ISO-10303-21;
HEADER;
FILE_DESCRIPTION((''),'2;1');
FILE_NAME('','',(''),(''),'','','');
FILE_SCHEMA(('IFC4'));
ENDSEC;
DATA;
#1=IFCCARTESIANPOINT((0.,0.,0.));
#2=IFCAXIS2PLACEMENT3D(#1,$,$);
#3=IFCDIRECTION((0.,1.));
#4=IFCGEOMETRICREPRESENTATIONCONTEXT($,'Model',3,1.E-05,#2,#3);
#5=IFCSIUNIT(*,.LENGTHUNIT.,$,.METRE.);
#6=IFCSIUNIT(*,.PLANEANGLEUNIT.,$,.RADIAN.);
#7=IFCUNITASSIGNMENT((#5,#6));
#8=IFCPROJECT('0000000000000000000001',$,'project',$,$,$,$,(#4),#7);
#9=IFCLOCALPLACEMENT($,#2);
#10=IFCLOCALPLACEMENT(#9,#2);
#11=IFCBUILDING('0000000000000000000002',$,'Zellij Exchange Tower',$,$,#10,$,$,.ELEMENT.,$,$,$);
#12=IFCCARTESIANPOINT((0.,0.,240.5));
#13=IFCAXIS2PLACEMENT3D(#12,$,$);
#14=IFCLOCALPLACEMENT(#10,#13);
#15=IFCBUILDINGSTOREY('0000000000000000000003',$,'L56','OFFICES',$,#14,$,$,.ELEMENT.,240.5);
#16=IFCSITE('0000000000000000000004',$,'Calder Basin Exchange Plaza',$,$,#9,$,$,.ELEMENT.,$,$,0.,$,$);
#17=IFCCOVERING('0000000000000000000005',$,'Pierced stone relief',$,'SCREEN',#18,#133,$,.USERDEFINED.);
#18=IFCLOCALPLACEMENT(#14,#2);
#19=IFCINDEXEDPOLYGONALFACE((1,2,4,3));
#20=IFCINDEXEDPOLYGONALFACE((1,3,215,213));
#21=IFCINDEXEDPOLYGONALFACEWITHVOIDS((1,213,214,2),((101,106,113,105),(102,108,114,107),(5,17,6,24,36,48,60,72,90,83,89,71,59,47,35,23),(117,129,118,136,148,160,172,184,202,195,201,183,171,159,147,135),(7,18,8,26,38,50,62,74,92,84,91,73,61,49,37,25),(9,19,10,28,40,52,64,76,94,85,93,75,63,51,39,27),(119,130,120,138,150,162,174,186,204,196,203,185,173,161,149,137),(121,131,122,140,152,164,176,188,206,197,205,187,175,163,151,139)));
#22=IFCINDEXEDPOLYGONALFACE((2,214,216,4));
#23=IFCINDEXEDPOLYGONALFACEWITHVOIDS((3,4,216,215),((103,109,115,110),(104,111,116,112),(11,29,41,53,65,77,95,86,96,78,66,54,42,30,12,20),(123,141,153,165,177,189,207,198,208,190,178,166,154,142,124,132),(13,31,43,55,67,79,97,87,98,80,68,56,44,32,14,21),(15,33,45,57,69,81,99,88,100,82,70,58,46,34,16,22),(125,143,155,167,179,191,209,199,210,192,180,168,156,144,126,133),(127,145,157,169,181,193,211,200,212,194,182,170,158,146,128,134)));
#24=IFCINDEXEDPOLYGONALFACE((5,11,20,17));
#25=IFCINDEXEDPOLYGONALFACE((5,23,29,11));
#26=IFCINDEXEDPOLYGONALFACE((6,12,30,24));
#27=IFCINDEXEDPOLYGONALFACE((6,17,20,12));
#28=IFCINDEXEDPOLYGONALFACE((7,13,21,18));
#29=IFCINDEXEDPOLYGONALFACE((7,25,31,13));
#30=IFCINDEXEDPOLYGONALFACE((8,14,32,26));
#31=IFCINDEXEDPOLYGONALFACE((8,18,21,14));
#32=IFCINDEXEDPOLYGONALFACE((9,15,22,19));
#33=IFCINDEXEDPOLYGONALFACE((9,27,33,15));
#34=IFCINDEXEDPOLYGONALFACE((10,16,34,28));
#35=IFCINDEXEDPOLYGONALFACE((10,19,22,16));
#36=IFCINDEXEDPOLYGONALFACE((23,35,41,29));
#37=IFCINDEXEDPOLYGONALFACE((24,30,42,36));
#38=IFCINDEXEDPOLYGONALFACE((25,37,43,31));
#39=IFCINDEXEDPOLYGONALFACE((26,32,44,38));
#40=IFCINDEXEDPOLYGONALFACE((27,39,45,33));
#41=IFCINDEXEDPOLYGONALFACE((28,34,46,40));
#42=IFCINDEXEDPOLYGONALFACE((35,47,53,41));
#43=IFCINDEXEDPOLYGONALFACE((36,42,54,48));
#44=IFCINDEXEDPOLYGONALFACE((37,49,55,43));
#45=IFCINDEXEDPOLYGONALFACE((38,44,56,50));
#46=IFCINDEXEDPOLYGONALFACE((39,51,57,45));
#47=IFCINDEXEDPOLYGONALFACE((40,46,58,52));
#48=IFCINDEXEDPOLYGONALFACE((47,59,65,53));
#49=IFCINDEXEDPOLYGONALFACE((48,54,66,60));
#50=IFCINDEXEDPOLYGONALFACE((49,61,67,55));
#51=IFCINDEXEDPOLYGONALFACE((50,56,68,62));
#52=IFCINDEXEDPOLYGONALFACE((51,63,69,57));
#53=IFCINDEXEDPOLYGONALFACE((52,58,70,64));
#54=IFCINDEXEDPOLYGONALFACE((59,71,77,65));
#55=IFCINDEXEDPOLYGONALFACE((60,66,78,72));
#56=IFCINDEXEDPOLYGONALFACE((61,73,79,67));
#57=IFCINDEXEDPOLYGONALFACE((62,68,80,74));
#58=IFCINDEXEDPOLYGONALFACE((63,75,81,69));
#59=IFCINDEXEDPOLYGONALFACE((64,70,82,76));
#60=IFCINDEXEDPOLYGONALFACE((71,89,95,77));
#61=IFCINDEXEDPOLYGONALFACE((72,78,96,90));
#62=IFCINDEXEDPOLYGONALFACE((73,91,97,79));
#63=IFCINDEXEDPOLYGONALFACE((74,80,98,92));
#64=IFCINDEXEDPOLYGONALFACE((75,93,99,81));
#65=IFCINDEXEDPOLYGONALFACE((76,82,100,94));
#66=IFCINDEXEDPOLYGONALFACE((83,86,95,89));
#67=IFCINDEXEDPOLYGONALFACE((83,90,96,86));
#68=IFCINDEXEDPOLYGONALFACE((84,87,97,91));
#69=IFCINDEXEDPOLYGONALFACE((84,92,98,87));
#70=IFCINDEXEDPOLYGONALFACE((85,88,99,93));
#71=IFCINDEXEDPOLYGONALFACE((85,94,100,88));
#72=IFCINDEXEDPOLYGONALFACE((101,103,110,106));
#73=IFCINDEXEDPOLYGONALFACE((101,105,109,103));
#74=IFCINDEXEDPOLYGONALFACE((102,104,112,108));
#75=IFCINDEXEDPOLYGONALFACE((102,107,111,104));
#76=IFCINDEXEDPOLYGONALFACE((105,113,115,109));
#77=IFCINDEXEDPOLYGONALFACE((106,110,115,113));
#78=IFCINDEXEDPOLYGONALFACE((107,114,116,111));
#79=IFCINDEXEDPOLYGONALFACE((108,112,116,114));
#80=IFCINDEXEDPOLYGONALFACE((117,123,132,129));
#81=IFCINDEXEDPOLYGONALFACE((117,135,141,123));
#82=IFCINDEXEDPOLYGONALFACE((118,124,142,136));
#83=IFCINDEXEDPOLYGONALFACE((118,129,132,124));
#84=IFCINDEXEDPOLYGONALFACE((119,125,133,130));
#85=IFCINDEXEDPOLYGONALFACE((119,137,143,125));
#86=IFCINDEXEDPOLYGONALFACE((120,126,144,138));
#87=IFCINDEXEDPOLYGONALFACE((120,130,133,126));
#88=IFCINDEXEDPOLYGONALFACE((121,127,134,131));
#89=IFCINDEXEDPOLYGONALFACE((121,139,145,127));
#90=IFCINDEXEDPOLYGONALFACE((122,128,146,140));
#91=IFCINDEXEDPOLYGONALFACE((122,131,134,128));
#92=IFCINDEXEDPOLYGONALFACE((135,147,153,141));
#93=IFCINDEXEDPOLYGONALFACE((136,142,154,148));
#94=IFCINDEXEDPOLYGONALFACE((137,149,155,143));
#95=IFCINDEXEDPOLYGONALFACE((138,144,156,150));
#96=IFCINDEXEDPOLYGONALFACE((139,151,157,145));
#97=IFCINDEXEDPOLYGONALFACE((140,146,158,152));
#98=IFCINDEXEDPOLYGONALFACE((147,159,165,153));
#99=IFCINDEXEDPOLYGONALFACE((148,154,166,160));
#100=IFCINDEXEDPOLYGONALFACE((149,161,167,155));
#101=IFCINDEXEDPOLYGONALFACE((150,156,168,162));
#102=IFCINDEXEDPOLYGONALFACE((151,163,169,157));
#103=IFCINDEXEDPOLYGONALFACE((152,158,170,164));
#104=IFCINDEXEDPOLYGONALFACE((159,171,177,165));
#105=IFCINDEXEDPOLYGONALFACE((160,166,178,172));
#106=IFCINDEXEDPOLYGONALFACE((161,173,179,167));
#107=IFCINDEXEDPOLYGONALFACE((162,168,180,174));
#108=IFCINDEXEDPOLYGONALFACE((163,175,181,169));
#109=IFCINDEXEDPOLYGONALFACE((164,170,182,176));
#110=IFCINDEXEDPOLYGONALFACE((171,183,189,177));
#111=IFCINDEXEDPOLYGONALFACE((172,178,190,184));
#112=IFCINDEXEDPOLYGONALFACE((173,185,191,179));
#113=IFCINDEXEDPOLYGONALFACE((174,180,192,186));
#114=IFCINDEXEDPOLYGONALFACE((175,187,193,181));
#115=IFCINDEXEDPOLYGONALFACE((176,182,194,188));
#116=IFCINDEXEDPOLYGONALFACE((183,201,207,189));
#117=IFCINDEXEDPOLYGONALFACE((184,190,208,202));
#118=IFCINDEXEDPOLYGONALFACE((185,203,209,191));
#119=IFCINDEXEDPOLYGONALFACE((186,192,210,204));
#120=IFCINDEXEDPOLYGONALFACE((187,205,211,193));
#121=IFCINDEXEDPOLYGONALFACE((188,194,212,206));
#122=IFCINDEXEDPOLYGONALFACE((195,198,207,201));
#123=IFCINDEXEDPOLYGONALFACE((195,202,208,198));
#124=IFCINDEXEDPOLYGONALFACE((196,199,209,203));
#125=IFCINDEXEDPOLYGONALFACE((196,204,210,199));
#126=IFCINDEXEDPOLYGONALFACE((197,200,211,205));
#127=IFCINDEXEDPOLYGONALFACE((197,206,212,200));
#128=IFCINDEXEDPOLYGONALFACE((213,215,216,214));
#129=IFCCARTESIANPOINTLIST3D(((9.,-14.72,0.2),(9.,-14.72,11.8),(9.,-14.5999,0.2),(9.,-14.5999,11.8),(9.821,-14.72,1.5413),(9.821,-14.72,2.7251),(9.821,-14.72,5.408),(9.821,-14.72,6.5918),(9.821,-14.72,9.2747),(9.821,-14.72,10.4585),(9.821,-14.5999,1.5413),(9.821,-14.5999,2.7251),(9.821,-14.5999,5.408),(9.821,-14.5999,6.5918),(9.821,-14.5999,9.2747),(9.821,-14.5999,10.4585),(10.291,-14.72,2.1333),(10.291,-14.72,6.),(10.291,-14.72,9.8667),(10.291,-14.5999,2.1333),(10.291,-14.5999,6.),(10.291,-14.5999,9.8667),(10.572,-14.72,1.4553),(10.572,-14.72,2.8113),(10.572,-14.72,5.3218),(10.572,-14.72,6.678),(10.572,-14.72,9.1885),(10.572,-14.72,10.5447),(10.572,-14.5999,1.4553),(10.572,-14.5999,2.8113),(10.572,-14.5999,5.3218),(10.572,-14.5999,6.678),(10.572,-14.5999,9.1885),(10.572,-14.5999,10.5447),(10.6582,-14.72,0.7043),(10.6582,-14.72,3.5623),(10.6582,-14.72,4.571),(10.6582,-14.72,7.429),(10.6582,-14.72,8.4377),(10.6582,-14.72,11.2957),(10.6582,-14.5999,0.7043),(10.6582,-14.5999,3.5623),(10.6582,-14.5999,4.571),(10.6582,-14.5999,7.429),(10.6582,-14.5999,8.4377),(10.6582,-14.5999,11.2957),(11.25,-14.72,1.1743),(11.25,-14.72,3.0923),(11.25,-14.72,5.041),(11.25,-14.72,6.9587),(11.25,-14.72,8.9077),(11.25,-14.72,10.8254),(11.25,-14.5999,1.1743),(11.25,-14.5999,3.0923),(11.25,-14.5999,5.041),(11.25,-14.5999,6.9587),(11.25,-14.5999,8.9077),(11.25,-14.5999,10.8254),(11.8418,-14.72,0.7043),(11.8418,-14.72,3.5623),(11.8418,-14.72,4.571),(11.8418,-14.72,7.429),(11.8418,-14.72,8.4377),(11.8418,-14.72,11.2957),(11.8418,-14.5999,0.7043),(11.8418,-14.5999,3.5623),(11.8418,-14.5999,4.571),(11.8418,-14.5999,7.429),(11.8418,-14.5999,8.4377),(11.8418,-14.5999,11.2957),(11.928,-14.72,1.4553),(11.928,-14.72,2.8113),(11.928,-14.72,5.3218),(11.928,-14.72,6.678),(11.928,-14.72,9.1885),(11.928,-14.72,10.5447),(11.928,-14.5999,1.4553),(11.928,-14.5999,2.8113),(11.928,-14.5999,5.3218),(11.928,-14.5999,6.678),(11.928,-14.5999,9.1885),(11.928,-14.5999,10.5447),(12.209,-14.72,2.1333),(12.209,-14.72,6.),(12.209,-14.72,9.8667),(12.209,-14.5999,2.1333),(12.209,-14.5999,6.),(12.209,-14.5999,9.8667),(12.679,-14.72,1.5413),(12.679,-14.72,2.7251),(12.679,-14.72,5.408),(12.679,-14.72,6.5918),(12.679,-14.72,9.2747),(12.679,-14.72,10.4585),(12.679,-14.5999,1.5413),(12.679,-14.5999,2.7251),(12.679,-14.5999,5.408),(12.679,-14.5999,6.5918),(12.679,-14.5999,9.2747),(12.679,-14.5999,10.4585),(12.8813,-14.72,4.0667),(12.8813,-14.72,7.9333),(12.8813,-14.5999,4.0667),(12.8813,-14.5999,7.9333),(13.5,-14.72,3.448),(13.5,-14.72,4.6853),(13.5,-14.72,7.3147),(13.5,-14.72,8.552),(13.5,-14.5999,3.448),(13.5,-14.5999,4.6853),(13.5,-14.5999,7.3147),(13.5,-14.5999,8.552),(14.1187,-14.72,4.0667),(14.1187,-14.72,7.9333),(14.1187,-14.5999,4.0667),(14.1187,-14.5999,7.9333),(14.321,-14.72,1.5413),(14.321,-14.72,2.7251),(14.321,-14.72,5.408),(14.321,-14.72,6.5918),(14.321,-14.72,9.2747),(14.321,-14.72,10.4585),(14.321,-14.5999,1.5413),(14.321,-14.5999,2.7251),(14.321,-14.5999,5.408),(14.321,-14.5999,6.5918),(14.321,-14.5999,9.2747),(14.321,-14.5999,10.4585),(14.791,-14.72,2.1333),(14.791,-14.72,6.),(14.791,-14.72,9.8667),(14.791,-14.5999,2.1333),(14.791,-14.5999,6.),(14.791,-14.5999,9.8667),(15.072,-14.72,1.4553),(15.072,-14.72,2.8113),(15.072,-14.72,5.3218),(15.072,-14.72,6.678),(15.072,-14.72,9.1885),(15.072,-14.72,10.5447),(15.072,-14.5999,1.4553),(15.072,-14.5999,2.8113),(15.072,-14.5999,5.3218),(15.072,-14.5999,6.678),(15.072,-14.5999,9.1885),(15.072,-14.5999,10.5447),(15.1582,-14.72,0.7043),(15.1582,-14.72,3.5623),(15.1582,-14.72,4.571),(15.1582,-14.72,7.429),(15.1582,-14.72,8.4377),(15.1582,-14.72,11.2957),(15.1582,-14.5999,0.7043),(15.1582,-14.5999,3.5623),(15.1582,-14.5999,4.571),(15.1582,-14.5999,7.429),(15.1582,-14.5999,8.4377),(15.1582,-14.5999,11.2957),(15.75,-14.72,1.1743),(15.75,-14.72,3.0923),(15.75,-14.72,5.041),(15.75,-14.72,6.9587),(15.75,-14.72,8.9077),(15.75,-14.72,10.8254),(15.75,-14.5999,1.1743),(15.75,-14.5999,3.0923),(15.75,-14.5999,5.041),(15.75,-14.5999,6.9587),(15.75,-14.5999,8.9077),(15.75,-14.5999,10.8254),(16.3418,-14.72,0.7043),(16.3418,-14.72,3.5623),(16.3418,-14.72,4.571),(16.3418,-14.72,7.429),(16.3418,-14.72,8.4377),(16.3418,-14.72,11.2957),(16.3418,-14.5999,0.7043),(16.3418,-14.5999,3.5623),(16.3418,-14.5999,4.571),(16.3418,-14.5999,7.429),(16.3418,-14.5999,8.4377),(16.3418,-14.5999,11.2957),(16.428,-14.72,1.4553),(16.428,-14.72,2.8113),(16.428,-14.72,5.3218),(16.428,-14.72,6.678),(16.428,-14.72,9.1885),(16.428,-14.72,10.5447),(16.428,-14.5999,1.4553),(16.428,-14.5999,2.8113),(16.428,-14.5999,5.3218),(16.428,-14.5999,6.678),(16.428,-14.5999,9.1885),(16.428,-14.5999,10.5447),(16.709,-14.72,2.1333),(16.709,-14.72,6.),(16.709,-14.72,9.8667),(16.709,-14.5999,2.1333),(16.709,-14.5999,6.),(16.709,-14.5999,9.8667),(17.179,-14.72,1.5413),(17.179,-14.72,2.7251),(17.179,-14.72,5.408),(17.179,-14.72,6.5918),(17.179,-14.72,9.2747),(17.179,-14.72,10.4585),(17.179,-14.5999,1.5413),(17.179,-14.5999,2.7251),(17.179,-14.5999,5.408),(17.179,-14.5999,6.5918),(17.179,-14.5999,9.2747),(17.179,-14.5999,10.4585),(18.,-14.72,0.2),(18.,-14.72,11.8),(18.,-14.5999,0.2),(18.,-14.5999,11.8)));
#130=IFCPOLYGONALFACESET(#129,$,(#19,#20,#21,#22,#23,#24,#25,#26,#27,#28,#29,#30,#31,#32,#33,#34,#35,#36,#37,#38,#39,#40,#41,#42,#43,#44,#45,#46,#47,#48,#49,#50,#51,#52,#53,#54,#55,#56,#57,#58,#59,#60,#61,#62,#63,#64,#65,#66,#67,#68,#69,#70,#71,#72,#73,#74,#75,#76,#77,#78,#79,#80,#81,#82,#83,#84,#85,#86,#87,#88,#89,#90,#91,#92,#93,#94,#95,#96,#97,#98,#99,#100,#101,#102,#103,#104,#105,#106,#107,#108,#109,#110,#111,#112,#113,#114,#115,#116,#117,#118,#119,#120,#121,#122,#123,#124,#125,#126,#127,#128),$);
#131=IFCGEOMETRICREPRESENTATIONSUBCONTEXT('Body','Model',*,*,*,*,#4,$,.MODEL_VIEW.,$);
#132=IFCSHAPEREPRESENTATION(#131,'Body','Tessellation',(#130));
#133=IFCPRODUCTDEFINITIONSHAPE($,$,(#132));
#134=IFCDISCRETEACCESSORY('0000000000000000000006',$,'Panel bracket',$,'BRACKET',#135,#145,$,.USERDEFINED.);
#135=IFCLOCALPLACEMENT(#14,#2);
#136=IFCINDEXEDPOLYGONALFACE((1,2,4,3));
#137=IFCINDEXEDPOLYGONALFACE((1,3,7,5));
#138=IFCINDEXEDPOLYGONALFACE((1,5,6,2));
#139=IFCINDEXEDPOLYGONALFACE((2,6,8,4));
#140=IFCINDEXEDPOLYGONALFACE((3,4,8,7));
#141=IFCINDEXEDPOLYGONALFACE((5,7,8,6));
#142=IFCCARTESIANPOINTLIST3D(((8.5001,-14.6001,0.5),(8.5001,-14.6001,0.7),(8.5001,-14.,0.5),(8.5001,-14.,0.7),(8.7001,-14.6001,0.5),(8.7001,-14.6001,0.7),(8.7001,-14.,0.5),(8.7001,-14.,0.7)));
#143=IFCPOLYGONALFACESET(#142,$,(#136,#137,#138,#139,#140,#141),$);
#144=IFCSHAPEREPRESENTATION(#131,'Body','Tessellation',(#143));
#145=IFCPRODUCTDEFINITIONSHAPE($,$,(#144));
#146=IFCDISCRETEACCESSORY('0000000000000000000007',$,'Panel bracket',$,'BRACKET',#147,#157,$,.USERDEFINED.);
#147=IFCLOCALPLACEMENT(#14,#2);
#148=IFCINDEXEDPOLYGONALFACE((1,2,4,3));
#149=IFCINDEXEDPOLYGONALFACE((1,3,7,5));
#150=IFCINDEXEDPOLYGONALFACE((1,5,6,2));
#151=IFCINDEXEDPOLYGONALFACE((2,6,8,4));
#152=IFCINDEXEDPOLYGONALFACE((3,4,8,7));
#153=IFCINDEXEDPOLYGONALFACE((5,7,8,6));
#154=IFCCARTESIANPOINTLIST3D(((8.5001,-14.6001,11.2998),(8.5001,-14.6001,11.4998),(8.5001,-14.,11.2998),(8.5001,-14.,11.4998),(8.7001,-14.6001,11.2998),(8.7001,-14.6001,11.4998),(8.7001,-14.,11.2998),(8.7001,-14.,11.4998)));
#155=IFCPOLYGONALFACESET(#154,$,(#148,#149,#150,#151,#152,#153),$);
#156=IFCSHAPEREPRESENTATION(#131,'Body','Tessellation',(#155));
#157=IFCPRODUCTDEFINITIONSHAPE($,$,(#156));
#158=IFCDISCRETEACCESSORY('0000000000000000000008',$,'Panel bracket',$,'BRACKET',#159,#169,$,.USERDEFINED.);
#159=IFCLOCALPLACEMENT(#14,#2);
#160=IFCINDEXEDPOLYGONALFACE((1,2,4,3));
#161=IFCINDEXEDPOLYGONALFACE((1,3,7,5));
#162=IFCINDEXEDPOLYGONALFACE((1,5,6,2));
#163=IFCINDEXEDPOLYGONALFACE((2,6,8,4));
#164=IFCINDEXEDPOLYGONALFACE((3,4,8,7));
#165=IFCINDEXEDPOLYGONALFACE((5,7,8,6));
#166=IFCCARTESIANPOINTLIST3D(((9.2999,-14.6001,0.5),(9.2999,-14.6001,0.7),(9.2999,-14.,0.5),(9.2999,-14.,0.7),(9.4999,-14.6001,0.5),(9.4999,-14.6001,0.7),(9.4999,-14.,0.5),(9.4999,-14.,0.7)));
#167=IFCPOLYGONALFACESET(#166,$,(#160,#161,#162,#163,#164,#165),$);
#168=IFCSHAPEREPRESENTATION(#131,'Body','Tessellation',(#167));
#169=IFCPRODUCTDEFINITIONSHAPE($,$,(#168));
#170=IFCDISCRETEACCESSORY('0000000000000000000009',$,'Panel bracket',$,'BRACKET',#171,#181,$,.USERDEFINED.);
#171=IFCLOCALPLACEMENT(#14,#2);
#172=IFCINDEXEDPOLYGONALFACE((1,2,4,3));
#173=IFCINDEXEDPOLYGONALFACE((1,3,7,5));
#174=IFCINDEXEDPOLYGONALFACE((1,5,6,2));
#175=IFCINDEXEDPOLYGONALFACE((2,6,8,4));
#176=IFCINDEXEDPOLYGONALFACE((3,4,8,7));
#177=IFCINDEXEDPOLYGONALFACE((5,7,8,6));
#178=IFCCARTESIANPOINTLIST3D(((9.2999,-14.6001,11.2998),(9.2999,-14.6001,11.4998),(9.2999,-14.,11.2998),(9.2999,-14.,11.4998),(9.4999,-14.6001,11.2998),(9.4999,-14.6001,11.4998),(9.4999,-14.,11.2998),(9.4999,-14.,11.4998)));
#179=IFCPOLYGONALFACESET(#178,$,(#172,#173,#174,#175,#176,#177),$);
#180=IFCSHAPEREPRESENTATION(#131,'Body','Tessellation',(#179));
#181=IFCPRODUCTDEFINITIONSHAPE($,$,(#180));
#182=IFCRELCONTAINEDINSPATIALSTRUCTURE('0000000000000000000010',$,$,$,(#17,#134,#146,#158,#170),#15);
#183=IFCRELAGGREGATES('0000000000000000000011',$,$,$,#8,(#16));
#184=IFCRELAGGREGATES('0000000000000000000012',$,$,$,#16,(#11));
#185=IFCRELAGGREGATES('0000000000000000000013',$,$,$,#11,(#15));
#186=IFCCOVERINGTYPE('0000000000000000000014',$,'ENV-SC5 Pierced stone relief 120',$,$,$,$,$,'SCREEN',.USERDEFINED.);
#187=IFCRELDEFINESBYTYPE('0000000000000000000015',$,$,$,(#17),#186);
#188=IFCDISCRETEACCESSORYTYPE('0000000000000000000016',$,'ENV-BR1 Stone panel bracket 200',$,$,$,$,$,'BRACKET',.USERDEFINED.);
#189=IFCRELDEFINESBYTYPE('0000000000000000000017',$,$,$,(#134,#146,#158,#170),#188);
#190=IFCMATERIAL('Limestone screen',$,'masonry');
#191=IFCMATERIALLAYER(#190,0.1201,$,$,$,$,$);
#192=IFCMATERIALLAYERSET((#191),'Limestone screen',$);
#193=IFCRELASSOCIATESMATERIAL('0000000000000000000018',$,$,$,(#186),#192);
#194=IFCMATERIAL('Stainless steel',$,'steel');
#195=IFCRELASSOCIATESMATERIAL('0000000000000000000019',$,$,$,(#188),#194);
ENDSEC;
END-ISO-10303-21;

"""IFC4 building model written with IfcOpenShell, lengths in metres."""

from ifc_helpers import new_model, si_unit, direction, frame, origin, origin_2d, place, context, subcontext, project, spatial, polyline, rectangle, outline, extrude, material, layer, layer_set, type_object, element, save


model = new_model("IFC4")

# Units and contexts
model_context = context("Model", 3, precision=1e-05, world=origin(), true_north=direction((0.0, 1.0)))
body_context = subcontext(model_context, "Body", "Model", "MODEL_VIEW")
ifc_project = project(units=[si_unit("LENGTHUNIT", "METRE"), si_unit("PLANEANGLEUNIT", "RADIAN")], contexts=[model_context])

# Site, building, storey
site_placement = place(None, origin())
site = spatial("IfcSite", under=ifc_project, at=site_placement, Name="Calder Basin Exchange Plaza", CompositionType="ELEMENT", RefElevation=0.0)
building_placement = place(site_placement, origin())
building = spatial("IfcBuilding", under=site, at=building_placement, Name="Zellij Exchange Tower", CompositionType="ELEMENT")
storey_placement = place(building_placement, frame((0.0, 0.0, 240.5)))
storey = spatial("IfcBuildingStorey", under=building, at=storey_placement, Name="L56", Description="OFFICES", CompositionType="ELEMENT", Elevation=240.5)

# Shared definitions
ifc_material_1 = material(Name="Stainless steel", Category="steel")

# Covering
ifc_material_2 = material(Name="Limestone screen", Category="masonry")
ifc_layer_1 = layer(ifc_material_2, 0.1201)
ifc_layer_set_1 = layer_set([ifc_layer_1], Name="Limestone screen")
covering_type = type_object("IfcCoveringType", Name="ENV-SC5 Pierced stone relief 120", ElementType="SCREEN", PredefinedType="USERDEFINED", material=ifc_layer_set_1)
covering_placement = place(storey_placement, frame((9.0, -14.6599, 0.2), z_axis=(0.0, 0.0, 1.0), x_axis=(1.0, 0.0, 0.0)))
element("IfcCovering", 1, at=covering_placement, inside=storey, type_object=covering_type, Name="Pierced stone relief", ObjectType="SCREEN", PredefinedType="USERDEFINED", context=body_context, shape_type="SweptSolid", body=[
    extrude(outline(polyline([(0.0, 0.0), (9.0, 0.0), (9.0, 11.6001), (0.0, 11.6001), (0.0, 0.0)]), holes=[polyline([(3.679, 2.5251), (2.928, 2.6113), (2.8418, 3.3623), (2.25, 2.8923), (1.6582, 3.3623), (1.572, 2.6113), (0.821, 2.5251), (1.291, 1.9333), (0.821, 1.3413), (1.572, 1.2554), (1.6582, 0.5044), (2.25, 0.9744), (2.8418, 0.5044), (2.928, 1.2554), (3.679, 1.3413), (3.209, 1.9333), (3.679, 2.5251)]), polyline([(3.679, 6.3918), (2.928, 6.478), (2.8418, 7.229), (2.25, 6.7588), (1.6582, 7.229), (1.572, 6.478), (0.821, 6.3918), (1.291, 5.8), (0.821, 5.208), (1.572, 5.1218), (1.6582, 4.3711), (2.25, 4.8411), (2.8418, 4.3711), (2.928, 5.1218), (3.679, 5.208), (3.209, 5.8), (3.679, 6.3918)]), polyline([(3.679, 10.2585), (2.928, 10.3447), (2.8418, 11.0957), (2.25, 10.6255), (1.6582, 11.0957), (1.572, 10.3447), (0.821, 10.2585), (1.291, 9.6667), (0.821, 9.0747), (1.572, 8.9885), (1.6582, 8.2378), (2.25, 8.7078), (2.8418, 8.2378), (2.928, 8.9885), (3.679, 9.0747), (3.209, 9.6667), (3.679, 10.2585)]), polyline([(8.179, 2.5251), (7.428, 2.6113), (7.3418, 3.3623), (6.75, 2.8923), (6.1582, 3.3623), (6.072, 2.6113), (5.321, 2.5251), (5.791, 1.9333), (5.321, 1.3413), (6.072, 1.2554), (6.1582, 0.5044), (6.75, 0.9744), (7.3418, 0.5044), (7.428, 1.2554), (8.179, 1.3413), (7.709, 1.9333), (8.179, 2.5251)]), polyline([(8.179, 6.3918), (7.428, 6.478), (7.3418, 7.229), (6.75, 6.7588), (6.1582, 7.229), (6.072, 6.478), (5.321, 6.3918), (5.791, 5.8), (5.321, 5.208), (6.072, 5.1218), (6.1582, 4.3711), (6.75, 4.8411), (7.3418, 4.3711), (7.428, 5.1218), (8.179, 5.208), (7.709, 5.8), (8.179, 6.3918)]), polyline([(8.179, 10.2585), (7.428, 10.3447), (7.3418, 11.0957), (6.75, 10.6255), (6.1582, 11.0957), (6.072, 10.3447), (5.321, 10.2585), (5.791, 9.6667), (5.321, 9.0747), (6.072, 8.9885), (6.1582, 8.2378), (6.75, 8.7078), (7.3418, 8.2378), (7.428, 8.9885), (8.179, 9.0747), (7.709, 9.6667), (8.179, 10.2585)]), polyline([(5.1187, 3.8667), (4.5, 4.4854), (3.8813, 3.8667), (4.5, 3.248), (5.1187, 3.8667)]), polyline([(5.1187, 7.7334), (4.5, 8.3521), (3.8813, 7.7334), (4.5, 7.1147), (5.1187, 7.7334)])]), frame((0.0, 0.0601, 0.0), z_axis=(0.0, -1.0, 0.0), x_axis=(1.0, 0.0, 0.0)), (0.0, 0.0, 1.0), 0.1201),
])

# Discrete accessories
discrete_accessory_type = type_object("IfcDiscreteAccessoryType", Name="ENV-BR1 Stone panel bracket 200", ElementType="BRACKET", PredefinedType="USERDEFINED", material=ifc_material_1)
for number, where, z_axis, x_axis, name in (
    (2, (8.6001, -14.3, 0.5), (0.0, 0.0, 1.0), (1.0, 0.0, 0.0), "Panel bracket"),
    (3, (8.6001, -14.3, 11.2998), (0.0, 0.0, 1.0), (1.0, 0.0, 0.0), "Panel bracket"),
    (4, (9.3999, -14.3, 0.5), (0.0, 0.0, 1.0), (1.0, 0.0, 0.0), "Panel bracket"),
    (5, (9.3999, -14.3, 11.2998), (0.0, 0.0, 1.0), (1.0, 0.0, 0.0), "Panel bracket"),
):
    element("IfcDiscreteAccessory", number, at=place(storey_placement, frame(where, z_axis=z_axis, x_axis=x_axis)), inside=storey, type_object=discrete_accessory_type, Name=name, ObjectType="BRACKET", PredefinedType="USERDEFINED", context=body_context, shape_type="SweptSolid", body=[
        extrude(rectangle(XDim=0.2, YDim=0.6001, at=origin_2d()), origin(), (0.0, 0.0, 1.0), 0.2),
    ])

save(model, "model.ifc")
